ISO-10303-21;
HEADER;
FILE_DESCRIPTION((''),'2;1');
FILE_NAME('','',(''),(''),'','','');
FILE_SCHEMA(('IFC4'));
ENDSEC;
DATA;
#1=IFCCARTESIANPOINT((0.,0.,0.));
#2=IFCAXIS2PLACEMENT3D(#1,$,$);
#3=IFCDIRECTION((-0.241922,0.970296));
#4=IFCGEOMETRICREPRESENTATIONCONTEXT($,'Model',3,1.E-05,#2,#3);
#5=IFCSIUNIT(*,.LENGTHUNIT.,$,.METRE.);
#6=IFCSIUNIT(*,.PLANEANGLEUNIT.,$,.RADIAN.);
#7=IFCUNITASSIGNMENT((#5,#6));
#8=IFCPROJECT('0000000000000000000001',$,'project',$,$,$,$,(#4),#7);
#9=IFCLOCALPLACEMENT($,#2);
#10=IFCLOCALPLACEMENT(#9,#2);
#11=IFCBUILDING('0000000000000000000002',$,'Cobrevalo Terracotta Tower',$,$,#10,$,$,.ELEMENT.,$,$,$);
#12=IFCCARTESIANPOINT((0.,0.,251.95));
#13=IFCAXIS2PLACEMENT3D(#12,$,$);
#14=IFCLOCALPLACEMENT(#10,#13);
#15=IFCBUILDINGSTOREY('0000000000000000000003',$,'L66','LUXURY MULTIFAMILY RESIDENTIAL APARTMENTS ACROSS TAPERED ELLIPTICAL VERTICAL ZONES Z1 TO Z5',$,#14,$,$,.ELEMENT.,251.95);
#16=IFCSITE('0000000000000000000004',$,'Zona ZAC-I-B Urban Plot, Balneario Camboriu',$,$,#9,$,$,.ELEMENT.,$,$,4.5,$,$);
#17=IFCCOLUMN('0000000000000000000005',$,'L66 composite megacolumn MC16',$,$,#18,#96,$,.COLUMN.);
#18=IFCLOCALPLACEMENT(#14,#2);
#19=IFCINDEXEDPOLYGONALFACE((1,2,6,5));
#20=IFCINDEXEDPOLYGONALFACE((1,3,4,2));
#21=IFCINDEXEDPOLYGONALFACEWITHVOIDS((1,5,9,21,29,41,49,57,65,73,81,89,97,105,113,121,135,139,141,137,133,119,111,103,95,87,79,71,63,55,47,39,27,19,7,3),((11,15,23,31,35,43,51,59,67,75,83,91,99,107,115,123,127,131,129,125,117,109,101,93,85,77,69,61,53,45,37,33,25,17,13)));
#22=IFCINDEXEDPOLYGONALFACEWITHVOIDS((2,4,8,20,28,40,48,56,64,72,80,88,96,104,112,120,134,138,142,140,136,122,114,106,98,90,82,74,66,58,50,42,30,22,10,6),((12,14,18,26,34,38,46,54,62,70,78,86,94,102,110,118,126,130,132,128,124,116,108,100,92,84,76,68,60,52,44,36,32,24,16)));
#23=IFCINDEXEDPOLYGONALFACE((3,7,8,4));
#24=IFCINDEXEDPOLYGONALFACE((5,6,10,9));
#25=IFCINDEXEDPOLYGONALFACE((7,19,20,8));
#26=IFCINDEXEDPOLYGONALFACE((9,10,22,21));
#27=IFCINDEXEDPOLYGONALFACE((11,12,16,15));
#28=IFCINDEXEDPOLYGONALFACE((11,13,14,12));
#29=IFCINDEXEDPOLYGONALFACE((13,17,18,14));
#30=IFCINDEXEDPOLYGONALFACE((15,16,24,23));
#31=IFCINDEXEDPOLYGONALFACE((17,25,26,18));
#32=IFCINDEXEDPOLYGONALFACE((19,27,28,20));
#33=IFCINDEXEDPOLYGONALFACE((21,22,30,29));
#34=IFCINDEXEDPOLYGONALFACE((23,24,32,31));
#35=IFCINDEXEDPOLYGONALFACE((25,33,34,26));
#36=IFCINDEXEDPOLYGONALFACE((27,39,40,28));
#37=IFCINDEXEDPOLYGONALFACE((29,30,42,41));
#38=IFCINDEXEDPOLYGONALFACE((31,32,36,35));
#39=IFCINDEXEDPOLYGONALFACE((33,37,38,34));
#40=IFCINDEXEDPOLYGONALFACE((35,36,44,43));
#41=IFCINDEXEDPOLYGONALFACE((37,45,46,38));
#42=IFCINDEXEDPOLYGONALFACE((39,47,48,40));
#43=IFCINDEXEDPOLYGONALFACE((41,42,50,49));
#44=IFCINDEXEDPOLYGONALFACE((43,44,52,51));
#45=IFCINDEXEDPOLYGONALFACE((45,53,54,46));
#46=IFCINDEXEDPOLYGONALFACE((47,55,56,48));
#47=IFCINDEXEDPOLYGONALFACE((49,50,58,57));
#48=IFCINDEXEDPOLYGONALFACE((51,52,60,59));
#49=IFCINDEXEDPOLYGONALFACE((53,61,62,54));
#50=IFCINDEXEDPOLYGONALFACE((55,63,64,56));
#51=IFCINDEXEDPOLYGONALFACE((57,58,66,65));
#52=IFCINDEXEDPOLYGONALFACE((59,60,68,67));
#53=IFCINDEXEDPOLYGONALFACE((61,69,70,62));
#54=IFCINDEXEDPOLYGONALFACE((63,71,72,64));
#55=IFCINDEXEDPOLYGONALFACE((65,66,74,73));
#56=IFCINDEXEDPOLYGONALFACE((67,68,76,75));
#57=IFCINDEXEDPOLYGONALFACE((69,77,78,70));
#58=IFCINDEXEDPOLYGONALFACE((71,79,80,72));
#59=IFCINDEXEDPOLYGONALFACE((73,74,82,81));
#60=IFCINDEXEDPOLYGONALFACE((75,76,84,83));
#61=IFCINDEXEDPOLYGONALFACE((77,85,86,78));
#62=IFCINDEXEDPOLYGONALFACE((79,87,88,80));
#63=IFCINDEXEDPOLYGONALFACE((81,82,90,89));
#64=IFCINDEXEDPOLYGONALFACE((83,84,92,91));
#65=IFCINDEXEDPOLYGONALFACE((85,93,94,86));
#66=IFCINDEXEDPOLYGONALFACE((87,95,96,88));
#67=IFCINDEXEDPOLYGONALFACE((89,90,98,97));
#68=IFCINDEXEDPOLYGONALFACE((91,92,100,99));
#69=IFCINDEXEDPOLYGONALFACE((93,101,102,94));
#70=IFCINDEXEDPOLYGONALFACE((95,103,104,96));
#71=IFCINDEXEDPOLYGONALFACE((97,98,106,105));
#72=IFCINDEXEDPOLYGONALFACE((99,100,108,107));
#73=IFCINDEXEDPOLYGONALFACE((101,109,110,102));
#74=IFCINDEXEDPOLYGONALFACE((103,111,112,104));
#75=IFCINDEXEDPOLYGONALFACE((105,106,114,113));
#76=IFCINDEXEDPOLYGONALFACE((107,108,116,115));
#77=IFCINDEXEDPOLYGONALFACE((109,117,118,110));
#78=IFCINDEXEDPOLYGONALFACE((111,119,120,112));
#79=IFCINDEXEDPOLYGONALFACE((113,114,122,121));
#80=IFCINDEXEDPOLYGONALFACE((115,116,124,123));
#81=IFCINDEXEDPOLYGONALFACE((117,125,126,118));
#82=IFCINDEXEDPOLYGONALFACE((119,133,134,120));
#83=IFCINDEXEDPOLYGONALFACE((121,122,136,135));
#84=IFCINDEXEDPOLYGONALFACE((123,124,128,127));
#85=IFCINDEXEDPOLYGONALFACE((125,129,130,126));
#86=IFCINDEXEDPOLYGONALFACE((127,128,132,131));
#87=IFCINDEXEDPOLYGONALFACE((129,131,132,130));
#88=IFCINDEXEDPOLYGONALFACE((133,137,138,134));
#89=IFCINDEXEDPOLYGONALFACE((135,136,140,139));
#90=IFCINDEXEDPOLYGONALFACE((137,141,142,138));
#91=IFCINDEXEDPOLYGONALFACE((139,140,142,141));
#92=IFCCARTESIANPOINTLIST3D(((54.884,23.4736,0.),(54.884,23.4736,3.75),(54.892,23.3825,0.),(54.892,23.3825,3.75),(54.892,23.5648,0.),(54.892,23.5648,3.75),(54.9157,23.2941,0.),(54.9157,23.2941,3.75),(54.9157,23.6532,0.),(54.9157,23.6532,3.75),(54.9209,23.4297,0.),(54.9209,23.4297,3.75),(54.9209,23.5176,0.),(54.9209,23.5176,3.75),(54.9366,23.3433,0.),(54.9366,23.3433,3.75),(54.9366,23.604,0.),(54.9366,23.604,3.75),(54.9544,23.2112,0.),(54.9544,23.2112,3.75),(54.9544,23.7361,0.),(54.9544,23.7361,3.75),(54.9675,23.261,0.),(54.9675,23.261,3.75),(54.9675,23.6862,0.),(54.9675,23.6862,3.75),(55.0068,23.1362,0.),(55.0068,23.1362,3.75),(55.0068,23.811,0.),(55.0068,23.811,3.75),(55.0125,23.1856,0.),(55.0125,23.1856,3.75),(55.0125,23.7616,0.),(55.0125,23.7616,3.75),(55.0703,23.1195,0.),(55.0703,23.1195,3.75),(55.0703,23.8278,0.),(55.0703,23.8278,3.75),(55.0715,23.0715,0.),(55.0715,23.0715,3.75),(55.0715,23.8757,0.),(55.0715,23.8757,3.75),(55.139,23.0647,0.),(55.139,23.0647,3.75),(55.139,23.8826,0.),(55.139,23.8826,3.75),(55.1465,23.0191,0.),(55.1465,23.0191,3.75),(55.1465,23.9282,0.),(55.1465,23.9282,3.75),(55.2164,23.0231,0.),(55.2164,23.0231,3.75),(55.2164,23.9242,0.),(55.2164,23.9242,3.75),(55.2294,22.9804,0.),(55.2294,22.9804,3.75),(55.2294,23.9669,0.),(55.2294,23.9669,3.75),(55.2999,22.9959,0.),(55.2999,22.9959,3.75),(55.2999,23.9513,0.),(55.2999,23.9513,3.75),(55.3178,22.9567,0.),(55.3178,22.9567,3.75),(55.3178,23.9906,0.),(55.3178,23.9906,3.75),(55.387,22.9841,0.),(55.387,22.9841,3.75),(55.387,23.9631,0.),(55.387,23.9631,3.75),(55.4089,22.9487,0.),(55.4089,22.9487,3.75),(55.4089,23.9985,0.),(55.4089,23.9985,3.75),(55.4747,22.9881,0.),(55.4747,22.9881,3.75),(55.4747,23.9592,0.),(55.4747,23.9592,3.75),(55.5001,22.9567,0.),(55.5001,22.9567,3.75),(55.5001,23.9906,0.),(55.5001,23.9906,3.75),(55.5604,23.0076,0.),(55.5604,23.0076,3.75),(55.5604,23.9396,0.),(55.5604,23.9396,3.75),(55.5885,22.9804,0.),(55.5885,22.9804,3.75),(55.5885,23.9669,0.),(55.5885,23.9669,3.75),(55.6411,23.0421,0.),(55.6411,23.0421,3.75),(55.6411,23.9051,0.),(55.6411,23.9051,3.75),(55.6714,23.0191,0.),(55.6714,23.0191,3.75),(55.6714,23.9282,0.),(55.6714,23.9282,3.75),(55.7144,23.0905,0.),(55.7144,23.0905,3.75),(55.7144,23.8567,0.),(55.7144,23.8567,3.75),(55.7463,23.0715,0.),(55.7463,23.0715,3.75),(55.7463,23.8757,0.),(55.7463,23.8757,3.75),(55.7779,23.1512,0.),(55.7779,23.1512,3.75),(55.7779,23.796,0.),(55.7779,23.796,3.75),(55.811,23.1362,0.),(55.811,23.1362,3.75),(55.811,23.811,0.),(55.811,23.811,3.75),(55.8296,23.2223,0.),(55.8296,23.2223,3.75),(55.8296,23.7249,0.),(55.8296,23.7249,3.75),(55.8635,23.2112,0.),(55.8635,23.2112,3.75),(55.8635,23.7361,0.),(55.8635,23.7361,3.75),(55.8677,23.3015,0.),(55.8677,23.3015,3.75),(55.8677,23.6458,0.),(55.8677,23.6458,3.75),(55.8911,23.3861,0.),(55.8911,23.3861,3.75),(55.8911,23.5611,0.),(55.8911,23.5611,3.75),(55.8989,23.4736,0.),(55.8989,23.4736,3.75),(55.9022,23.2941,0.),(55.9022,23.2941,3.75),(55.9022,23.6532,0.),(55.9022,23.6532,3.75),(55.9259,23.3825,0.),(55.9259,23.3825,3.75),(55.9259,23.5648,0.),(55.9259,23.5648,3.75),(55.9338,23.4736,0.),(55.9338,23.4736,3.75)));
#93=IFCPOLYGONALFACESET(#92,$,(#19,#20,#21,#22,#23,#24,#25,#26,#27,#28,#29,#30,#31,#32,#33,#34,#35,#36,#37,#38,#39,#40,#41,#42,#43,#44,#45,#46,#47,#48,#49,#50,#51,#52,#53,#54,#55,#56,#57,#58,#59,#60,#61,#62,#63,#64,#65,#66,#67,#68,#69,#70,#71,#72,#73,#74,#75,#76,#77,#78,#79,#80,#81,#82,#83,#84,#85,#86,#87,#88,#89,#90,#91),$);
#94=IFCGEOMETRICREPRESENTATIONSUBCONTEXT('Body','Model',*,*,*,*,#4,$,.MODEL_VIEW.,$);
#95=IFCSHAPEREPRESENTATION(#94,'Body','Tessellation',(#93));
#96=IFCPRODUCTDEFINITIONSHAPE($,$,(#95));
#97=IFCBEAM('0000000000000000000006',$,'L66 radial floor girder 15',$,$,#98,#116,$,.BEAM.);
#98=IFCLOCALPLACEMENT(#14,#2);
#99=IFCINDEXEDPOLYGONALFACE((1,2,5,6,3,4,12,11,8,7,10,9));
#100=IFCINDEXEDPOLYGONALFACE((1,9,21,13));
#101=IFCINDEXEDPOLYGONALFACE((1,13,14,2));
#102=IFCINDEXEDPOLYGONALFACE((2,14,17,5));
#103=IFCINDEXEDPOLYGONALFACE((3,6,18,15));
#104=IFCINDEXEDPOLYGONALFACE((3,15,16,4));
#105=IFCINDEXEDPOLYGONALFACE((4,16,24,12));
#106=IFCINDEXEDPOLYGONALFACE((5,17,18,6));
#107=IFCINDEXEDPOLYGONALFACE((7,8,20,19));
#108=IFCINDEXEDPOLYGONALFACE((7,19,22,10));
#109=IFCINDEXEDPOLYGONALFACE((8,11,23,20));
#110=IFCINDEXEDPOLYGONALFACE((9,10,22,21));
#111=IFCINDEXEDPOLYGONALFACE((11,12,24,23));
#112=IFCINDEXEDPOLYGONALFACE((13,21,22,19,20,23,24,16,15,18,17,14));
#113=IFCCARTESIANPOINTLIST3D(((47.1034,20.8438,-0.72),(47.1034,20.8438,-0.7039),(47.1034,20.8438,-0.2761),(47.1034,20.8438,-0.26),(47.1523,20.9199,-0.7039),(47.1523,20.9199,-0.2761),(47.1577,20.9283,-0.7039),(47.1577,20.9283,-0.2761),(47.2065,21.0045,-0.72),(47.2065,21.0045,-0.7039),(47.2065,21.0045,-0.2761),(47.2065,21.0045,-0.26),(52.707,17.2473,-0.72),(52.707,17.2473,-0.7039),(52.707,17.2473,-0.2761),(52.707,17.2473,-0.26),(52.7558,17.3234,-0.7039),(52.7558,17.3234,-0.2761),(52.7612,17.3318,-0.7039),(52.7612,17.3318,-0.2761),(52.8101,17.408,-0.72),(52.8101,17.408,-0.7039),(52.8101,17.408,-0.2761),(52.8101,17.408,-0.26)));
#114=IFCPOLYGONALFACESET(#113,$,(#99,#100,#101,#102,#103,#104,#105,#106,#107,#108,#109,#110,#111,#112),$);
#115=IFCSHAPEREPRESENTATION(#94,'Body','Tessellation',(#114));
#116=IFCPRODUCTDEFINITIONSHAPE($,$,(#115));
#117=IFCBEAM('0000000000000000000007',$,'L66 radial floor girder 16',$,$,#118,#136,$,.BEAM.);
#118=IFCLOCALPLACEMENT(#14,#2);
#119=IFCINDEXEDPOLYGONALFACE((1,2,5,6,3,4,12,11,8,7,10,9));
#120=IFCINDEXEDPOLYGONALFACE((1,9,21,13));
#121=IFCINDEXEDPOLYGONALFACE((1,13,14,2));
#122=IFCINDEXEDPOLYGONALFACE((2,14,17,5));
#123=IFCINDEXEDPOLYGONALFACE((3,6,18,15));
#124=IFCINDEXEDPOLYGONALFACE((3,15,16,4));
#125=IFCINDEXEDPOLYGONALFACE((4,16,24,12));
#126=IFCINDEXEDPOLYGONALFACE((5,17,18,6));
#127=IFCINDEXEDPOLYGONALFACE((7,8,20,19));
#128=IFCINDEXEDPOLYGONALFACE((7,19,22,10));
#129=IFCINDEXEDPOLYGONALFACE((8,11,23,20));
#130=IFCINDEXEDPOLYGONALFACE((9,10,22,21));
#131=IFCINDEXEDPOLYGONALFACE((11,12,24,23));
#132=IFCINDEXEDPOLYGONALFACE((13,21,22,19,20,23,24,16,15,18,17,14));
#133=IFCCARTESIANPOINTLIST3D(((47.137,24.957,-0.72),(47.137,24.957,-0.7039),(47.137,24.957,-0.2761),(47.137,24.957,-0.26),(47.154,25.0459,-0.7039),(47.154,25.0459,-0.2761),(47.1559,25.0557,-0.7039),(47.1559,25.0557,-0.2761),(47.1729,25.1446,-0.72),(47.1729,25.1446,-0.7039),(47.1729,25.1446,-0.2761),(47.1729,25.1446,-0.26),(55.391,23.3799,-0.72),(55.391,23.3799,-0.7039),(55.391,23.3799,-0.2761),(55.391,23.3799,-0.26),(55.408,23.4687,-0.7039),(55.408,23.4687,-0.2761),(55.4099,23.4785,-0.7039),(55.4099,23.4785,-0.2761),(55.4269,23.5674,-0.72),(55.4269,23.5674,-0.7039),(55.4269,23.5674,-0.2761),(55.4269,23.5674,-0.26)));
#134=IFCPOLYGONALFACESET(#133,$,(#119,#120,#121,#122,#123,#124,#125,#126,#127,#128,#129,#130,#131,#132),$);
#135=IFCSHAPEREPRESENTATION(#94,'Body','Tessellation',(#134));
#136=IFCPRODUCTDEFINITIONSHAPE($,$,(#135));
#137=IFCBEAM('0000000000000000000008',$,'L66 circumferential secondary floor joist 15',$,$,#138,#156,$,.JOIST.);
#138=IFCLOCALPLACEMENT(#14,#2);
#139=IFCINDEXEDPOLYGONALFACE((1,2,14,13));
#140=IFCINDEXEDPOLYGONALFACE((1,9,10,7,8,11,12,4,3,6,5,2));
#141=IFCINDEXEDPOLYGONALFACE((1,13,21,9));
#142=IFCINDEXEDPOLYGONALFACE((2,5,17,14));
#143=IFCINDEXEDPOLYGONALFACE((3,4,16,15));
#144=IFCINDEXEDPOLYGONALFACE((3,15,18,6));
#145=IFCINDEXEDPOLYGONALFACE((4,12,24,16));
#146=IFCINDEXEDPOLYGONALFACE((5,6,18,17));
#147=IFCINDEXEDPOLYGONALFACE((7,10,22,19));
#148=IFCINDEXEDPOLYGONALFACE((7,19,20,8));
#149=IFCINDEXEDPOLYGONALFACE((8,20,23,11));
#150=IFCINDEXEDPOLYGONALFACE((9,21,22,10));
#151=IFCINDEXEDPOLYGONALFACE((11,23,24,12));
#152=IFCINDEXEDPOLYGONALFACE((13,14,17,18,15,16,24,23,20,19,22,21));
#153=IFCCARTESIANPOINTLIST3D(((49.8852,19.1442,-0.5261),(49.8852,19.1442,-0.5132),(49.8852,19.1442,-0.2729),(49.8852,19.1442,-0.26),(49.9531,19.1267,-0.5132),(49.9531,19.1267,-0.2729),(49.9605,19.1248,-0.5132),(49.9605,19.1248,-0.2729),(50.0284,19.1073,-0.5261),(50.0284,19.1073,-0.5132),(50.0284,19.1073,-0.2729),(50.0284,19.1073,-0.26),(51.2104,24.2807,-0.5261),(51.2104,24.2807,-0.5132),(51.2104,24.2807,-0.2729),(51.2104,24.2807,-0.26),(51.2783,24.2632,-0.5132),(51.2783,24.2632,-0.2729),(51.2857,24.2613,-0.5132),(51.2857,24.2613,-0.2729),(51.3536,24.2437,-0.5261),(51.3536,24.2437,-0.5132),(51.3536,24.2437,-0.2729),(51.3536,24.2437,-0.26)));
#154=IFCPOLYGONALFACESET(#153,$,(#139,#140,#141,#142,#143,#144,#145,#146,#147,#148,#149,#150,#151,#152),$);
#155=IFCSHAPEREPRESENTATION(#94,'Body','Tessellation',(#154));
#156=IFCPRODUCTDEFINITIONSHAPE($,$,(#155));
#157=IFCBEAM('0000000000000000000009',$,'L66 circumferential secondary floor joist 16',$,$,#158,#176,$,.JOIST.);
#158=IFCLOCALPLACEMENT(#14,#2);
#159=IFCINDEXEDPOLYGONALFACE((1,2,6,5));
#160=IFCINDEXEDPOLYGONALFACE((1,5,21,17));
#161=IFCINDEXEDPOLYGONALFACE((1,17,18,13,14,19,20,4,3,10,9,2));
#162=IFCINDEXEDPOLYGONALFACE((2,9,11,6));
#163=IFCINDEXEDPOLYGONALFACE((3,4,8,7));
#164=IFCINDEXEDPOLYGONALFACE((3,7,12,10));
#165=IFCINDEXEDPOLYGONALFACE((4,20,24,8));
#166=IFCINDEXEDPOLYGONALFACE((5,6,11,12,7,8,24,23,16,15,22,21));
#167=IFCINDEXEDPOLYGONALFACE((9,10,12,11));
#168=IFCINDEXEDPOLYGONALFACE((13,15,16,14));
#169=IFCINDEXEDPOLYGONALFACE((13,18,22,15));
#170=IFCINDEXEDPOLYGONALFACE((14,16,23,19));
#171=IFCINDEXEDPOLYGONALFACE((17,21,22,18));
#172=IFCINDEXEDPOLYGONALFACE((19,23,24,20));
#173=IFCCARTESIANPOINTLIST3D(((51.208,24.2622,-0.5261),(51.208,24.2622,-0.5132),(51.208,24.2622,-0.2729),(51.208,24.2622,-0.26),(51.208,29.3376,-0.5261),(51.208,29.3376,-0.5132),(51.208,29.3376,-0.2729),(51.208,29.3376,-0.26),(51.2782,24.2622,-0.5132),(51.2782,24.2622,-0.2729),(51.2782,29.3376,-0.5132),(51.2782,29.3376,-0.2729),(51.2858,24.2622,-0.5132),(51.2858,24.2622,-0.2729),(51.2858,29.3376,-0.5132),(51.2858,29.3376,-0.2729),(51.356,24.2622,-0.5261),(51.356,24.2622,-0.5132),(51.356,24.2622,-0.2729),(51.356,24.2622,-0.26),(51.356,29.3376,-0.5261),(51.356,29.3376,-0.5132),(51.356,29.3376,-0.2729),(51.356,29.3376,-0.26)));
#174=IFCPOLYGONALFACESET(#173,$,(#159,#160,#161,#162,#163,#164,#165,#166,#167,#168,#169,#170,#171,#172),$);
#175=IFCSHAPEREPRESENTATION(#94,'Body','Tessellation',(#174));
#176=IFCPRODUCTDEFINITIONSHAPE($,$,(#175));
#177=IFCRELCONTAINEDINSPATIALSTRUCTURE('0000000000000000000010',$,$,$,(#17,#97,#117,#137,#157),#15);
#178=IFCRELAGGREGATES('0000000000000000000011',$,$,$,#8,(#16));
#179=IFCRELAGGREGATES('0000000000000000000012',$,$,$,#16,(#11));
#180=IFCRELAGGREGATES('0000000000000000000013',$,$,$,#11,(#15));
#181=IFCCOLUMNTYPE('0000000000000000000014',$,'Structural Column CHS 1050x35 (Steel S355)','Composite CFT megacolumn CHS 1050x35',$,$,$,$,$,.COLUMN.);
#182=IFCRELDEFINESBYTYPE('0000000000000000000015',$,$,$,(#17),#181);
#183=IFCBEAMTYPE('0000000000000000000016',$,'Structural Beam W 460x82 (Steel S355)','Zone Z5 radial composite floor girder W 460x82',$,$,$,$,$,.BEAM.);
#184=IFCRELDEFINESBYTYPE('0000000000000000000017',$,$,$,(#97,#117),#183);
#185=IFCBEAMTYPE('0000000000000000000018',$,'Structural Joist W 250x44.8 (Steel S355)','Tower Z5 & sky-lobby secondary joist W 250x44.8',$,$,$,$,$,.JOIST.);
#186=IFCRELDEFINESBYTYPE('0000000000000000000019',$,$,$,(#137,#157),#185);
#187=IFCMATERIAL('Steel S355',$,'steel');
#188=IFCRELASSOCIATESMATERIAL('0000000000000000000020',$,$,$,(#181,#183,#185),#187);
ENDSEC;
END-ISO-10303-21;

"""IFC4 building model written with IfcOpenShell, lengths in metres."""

from ifc_helpers import new_model, si_unit, direction, frame, origin, origin_2d, place, context, subcontext, project, spatial, hollow_circle, i_section, extrude, material, material_profile, profile_set, type_object, element, save


model = new_model("IFC4")

# Units and contexts
model_context = context("Model", 3, precision=1e-05, world=origin(), true_north=direction((-0.241922, 0.970296)))
body_context = subcontext(model_context, "Body", "Model", "MODEL_VIEW")
ifc_project = project(units=[si_unit("LENGTHUNIT", "METRE"), si_unit("PLANEANGLEUNIT", "RADIAN")], contexts=[model_context])

# Site, building, storey
site_placement = place(None, origin())
site = spatial("IfcSite", under=ifc_project, at=site_placement, Name="Zona ZAC-I-B Urban Plot, Balneario Camboriu", CompositionType="ELEMENT", RefElevation=4.5)
building_placement = place(site_placement, origin())
building = spatial("IfcBuilding", under=site, at=building_placement, Name="Cobrevalo Terracotta Tower", CompositionType="ELEMENT")
storey_placement = place(building_placement, frame((0.0, 0.0, 251.95)))
storey = spatial("IfcBuildingStorey", under=building, at=storey_placement, Name="L66", Description="LUXURY MULTIFAMILY RESIDENTIAL APARTMENTS ACROSS TAPERED ELLIPTICAL VERTICAL ZONES Z1 TO Z5", CompositionType="ELEMENT", Elevation=251.95)

# Column
ifc_material_1 = material(Name="Steel S355", Category="steel")
ifc_material_profile_1 = material_profile(ifc_material_1, hollow_circle(Radius=0.5249, WallThickness=0.0349, at=origin_2d()), Name="CHS 1050x35")
ifc_profile_set_1 = profile_set([ifc_material_profile_1], Name="Steel S355")
column_type = type_object("IfcColumnType", Name="Structural Column CHS 1050x35 (Steel S355)", Description="Composite CFT megacolumn CHS 1050x35", PredefinedType="COLUMN", material=ifc_profile_set_1)
column_placement = place(storey_placement, frame((55.4089, 23.4736, 0.0), z_axis=(0.0, 0.0, 1.0), x_axis=(1.0, 0.0, 0.0)))
element("IfcColumn", 1, at=column_placement, inside=storey, type_object=column_type, Name="L66 composite megacolumn MC16", PredefinedType="COLUMN", context=body_context, shape_type="SweptSolid", body=[
    extrude(hollow_circle(Radius=0.5249, WallThickness=0.0349, at=origin_2d()), origin(), (0.0, 0.0, 1.0), 3.75),
])

# Beams
ifc_material_profile_2 = material_profile(ifc_material_1, i_section(OverallWidth=0.1909, OverallDepth=0.46, WebThickness=0.01, FlangeThickness=0.0161, at=origin_2d()), Name="W 460x82")
ifc_profile_set_2 = profile_set([ifc_material_profile_2], Name="Steel S355")
beam_type_1 = type_object("IfcBeamType", Name="Structural Beam W 460x82 (Steel S355)", Description="Zone Z5 radial composite floor girder W 460x82", PredefinedType="BEAM", material=ifc_profile_set_2)
beam_1_placement = place(storey_placement, frame((52.7585, 17.3276, -0.49), z_axis=(-0.841576, 0.540138, 0.0), x_axis=(-0.540138, -0.841576, 0.0)))
element("IfcBeam", 2, at=beam_1_placement, inside=storey, type_object=beam_type_1, Name="L66 radial floor girder 15", PredefinedType="BEAM", context=body_context, shape_type="SweptSolid", body=[
    extrude(i_section(OverallWidth=0.1909, OverallDepth=0.46, WebThickness=0.01, FlangeThickness=0.0161, at=origin_2d()), origin(), (0.0, 0.0, 1.0), 6.6584),
])
beam_2_placement = place(storey_placement, frame((55.4089, 23.4736, -0.49), z_axis=(-0.98223, 0.187683, 0.0), x_axis=(-0.187683, -0.98223, 0.0)))
element("IfcBeam", 3, at=beam_2_placement, inside=storey, type_object=beam_type_1, Name="L66 radial floor girder 16", PredefinedType="BEAM", context=body_context, shape_type="SweptSolid", body=[
    extrude(i_section(OverallWidth=0.1909, OverallDepth=0.46, WebThickness=0.01, FlangeThickness=0.0161, at=origin_2d()), origin(), (0.0, 0.0, 1.0), 8.4033),
])
ifc_material_profile_3 = material_profile(ifc_material_1, i_section(OverallWidth=0.1479, OverallDepth=0.2661, WebThickness=0.0076, FlangeThickness=0.0129, at=origin_2d()), Name="W 250x44.8")
ifc_profile_set_3 = profile_set([ifc_material_profile_3], Name="Steel S355")
beam_type_2 = type_object("IfcBeamType", Name="Structural Joist W 250x44.8 (Steel S355)", Description="Tower Z5 & sky-lobby secondary joist W 250x44.8", PredefinedType="JOIST", material=ifc_profile_set_3)
beam_3_placement = place(storey_placement, frame((49.9568, 19.1257, -0.3931), z_axis=(0.249817, 0.968293, 0.0), x_axis=(-0.968293, 0.249817, 0.0)))
element("IfcBeam", 4, at=beam_3_placement, inside=storey, type_object=beam_type_2, Name="L66 circumferential secondary floor joist 15", PredefinedType="JOIST", context=body_context, shape_type="SweptSolid", body=[
    extrude(i_section(OverallWidth=0.1479, OverallDepth=0.2661, WebThickness=0.0076, FlangeThickness=0.0129, at=origin_2d()), origin(), (0.0, 0.0, 1.0), 5.3047),
])
beam_4_placement = place(storey_placement, frame((51.282, 24.2622, -0.3931), z_axis=(0.0, 1.0, 0.0), x_axis=(-1.0, 0.0, 0.0)))
element("IfcBeam", 5, at=beam_4_placement, inside=storey, type_object=beam_type_2, Name="L66 circumferential secondary floor joist 16", PredefinedType="JOIST", context=body_context, shape_type="SweptSolid", body=[
    extrude(i_section(OverallWidth=0.1479, OverallDepth=0.2661, WebThickness=0.0076, FlangeThickness=0.0129, at=origin_2d()), origin(), (0.0, 0.0, 1.0), 5.0754),
])

save(model, "model.ifc")
